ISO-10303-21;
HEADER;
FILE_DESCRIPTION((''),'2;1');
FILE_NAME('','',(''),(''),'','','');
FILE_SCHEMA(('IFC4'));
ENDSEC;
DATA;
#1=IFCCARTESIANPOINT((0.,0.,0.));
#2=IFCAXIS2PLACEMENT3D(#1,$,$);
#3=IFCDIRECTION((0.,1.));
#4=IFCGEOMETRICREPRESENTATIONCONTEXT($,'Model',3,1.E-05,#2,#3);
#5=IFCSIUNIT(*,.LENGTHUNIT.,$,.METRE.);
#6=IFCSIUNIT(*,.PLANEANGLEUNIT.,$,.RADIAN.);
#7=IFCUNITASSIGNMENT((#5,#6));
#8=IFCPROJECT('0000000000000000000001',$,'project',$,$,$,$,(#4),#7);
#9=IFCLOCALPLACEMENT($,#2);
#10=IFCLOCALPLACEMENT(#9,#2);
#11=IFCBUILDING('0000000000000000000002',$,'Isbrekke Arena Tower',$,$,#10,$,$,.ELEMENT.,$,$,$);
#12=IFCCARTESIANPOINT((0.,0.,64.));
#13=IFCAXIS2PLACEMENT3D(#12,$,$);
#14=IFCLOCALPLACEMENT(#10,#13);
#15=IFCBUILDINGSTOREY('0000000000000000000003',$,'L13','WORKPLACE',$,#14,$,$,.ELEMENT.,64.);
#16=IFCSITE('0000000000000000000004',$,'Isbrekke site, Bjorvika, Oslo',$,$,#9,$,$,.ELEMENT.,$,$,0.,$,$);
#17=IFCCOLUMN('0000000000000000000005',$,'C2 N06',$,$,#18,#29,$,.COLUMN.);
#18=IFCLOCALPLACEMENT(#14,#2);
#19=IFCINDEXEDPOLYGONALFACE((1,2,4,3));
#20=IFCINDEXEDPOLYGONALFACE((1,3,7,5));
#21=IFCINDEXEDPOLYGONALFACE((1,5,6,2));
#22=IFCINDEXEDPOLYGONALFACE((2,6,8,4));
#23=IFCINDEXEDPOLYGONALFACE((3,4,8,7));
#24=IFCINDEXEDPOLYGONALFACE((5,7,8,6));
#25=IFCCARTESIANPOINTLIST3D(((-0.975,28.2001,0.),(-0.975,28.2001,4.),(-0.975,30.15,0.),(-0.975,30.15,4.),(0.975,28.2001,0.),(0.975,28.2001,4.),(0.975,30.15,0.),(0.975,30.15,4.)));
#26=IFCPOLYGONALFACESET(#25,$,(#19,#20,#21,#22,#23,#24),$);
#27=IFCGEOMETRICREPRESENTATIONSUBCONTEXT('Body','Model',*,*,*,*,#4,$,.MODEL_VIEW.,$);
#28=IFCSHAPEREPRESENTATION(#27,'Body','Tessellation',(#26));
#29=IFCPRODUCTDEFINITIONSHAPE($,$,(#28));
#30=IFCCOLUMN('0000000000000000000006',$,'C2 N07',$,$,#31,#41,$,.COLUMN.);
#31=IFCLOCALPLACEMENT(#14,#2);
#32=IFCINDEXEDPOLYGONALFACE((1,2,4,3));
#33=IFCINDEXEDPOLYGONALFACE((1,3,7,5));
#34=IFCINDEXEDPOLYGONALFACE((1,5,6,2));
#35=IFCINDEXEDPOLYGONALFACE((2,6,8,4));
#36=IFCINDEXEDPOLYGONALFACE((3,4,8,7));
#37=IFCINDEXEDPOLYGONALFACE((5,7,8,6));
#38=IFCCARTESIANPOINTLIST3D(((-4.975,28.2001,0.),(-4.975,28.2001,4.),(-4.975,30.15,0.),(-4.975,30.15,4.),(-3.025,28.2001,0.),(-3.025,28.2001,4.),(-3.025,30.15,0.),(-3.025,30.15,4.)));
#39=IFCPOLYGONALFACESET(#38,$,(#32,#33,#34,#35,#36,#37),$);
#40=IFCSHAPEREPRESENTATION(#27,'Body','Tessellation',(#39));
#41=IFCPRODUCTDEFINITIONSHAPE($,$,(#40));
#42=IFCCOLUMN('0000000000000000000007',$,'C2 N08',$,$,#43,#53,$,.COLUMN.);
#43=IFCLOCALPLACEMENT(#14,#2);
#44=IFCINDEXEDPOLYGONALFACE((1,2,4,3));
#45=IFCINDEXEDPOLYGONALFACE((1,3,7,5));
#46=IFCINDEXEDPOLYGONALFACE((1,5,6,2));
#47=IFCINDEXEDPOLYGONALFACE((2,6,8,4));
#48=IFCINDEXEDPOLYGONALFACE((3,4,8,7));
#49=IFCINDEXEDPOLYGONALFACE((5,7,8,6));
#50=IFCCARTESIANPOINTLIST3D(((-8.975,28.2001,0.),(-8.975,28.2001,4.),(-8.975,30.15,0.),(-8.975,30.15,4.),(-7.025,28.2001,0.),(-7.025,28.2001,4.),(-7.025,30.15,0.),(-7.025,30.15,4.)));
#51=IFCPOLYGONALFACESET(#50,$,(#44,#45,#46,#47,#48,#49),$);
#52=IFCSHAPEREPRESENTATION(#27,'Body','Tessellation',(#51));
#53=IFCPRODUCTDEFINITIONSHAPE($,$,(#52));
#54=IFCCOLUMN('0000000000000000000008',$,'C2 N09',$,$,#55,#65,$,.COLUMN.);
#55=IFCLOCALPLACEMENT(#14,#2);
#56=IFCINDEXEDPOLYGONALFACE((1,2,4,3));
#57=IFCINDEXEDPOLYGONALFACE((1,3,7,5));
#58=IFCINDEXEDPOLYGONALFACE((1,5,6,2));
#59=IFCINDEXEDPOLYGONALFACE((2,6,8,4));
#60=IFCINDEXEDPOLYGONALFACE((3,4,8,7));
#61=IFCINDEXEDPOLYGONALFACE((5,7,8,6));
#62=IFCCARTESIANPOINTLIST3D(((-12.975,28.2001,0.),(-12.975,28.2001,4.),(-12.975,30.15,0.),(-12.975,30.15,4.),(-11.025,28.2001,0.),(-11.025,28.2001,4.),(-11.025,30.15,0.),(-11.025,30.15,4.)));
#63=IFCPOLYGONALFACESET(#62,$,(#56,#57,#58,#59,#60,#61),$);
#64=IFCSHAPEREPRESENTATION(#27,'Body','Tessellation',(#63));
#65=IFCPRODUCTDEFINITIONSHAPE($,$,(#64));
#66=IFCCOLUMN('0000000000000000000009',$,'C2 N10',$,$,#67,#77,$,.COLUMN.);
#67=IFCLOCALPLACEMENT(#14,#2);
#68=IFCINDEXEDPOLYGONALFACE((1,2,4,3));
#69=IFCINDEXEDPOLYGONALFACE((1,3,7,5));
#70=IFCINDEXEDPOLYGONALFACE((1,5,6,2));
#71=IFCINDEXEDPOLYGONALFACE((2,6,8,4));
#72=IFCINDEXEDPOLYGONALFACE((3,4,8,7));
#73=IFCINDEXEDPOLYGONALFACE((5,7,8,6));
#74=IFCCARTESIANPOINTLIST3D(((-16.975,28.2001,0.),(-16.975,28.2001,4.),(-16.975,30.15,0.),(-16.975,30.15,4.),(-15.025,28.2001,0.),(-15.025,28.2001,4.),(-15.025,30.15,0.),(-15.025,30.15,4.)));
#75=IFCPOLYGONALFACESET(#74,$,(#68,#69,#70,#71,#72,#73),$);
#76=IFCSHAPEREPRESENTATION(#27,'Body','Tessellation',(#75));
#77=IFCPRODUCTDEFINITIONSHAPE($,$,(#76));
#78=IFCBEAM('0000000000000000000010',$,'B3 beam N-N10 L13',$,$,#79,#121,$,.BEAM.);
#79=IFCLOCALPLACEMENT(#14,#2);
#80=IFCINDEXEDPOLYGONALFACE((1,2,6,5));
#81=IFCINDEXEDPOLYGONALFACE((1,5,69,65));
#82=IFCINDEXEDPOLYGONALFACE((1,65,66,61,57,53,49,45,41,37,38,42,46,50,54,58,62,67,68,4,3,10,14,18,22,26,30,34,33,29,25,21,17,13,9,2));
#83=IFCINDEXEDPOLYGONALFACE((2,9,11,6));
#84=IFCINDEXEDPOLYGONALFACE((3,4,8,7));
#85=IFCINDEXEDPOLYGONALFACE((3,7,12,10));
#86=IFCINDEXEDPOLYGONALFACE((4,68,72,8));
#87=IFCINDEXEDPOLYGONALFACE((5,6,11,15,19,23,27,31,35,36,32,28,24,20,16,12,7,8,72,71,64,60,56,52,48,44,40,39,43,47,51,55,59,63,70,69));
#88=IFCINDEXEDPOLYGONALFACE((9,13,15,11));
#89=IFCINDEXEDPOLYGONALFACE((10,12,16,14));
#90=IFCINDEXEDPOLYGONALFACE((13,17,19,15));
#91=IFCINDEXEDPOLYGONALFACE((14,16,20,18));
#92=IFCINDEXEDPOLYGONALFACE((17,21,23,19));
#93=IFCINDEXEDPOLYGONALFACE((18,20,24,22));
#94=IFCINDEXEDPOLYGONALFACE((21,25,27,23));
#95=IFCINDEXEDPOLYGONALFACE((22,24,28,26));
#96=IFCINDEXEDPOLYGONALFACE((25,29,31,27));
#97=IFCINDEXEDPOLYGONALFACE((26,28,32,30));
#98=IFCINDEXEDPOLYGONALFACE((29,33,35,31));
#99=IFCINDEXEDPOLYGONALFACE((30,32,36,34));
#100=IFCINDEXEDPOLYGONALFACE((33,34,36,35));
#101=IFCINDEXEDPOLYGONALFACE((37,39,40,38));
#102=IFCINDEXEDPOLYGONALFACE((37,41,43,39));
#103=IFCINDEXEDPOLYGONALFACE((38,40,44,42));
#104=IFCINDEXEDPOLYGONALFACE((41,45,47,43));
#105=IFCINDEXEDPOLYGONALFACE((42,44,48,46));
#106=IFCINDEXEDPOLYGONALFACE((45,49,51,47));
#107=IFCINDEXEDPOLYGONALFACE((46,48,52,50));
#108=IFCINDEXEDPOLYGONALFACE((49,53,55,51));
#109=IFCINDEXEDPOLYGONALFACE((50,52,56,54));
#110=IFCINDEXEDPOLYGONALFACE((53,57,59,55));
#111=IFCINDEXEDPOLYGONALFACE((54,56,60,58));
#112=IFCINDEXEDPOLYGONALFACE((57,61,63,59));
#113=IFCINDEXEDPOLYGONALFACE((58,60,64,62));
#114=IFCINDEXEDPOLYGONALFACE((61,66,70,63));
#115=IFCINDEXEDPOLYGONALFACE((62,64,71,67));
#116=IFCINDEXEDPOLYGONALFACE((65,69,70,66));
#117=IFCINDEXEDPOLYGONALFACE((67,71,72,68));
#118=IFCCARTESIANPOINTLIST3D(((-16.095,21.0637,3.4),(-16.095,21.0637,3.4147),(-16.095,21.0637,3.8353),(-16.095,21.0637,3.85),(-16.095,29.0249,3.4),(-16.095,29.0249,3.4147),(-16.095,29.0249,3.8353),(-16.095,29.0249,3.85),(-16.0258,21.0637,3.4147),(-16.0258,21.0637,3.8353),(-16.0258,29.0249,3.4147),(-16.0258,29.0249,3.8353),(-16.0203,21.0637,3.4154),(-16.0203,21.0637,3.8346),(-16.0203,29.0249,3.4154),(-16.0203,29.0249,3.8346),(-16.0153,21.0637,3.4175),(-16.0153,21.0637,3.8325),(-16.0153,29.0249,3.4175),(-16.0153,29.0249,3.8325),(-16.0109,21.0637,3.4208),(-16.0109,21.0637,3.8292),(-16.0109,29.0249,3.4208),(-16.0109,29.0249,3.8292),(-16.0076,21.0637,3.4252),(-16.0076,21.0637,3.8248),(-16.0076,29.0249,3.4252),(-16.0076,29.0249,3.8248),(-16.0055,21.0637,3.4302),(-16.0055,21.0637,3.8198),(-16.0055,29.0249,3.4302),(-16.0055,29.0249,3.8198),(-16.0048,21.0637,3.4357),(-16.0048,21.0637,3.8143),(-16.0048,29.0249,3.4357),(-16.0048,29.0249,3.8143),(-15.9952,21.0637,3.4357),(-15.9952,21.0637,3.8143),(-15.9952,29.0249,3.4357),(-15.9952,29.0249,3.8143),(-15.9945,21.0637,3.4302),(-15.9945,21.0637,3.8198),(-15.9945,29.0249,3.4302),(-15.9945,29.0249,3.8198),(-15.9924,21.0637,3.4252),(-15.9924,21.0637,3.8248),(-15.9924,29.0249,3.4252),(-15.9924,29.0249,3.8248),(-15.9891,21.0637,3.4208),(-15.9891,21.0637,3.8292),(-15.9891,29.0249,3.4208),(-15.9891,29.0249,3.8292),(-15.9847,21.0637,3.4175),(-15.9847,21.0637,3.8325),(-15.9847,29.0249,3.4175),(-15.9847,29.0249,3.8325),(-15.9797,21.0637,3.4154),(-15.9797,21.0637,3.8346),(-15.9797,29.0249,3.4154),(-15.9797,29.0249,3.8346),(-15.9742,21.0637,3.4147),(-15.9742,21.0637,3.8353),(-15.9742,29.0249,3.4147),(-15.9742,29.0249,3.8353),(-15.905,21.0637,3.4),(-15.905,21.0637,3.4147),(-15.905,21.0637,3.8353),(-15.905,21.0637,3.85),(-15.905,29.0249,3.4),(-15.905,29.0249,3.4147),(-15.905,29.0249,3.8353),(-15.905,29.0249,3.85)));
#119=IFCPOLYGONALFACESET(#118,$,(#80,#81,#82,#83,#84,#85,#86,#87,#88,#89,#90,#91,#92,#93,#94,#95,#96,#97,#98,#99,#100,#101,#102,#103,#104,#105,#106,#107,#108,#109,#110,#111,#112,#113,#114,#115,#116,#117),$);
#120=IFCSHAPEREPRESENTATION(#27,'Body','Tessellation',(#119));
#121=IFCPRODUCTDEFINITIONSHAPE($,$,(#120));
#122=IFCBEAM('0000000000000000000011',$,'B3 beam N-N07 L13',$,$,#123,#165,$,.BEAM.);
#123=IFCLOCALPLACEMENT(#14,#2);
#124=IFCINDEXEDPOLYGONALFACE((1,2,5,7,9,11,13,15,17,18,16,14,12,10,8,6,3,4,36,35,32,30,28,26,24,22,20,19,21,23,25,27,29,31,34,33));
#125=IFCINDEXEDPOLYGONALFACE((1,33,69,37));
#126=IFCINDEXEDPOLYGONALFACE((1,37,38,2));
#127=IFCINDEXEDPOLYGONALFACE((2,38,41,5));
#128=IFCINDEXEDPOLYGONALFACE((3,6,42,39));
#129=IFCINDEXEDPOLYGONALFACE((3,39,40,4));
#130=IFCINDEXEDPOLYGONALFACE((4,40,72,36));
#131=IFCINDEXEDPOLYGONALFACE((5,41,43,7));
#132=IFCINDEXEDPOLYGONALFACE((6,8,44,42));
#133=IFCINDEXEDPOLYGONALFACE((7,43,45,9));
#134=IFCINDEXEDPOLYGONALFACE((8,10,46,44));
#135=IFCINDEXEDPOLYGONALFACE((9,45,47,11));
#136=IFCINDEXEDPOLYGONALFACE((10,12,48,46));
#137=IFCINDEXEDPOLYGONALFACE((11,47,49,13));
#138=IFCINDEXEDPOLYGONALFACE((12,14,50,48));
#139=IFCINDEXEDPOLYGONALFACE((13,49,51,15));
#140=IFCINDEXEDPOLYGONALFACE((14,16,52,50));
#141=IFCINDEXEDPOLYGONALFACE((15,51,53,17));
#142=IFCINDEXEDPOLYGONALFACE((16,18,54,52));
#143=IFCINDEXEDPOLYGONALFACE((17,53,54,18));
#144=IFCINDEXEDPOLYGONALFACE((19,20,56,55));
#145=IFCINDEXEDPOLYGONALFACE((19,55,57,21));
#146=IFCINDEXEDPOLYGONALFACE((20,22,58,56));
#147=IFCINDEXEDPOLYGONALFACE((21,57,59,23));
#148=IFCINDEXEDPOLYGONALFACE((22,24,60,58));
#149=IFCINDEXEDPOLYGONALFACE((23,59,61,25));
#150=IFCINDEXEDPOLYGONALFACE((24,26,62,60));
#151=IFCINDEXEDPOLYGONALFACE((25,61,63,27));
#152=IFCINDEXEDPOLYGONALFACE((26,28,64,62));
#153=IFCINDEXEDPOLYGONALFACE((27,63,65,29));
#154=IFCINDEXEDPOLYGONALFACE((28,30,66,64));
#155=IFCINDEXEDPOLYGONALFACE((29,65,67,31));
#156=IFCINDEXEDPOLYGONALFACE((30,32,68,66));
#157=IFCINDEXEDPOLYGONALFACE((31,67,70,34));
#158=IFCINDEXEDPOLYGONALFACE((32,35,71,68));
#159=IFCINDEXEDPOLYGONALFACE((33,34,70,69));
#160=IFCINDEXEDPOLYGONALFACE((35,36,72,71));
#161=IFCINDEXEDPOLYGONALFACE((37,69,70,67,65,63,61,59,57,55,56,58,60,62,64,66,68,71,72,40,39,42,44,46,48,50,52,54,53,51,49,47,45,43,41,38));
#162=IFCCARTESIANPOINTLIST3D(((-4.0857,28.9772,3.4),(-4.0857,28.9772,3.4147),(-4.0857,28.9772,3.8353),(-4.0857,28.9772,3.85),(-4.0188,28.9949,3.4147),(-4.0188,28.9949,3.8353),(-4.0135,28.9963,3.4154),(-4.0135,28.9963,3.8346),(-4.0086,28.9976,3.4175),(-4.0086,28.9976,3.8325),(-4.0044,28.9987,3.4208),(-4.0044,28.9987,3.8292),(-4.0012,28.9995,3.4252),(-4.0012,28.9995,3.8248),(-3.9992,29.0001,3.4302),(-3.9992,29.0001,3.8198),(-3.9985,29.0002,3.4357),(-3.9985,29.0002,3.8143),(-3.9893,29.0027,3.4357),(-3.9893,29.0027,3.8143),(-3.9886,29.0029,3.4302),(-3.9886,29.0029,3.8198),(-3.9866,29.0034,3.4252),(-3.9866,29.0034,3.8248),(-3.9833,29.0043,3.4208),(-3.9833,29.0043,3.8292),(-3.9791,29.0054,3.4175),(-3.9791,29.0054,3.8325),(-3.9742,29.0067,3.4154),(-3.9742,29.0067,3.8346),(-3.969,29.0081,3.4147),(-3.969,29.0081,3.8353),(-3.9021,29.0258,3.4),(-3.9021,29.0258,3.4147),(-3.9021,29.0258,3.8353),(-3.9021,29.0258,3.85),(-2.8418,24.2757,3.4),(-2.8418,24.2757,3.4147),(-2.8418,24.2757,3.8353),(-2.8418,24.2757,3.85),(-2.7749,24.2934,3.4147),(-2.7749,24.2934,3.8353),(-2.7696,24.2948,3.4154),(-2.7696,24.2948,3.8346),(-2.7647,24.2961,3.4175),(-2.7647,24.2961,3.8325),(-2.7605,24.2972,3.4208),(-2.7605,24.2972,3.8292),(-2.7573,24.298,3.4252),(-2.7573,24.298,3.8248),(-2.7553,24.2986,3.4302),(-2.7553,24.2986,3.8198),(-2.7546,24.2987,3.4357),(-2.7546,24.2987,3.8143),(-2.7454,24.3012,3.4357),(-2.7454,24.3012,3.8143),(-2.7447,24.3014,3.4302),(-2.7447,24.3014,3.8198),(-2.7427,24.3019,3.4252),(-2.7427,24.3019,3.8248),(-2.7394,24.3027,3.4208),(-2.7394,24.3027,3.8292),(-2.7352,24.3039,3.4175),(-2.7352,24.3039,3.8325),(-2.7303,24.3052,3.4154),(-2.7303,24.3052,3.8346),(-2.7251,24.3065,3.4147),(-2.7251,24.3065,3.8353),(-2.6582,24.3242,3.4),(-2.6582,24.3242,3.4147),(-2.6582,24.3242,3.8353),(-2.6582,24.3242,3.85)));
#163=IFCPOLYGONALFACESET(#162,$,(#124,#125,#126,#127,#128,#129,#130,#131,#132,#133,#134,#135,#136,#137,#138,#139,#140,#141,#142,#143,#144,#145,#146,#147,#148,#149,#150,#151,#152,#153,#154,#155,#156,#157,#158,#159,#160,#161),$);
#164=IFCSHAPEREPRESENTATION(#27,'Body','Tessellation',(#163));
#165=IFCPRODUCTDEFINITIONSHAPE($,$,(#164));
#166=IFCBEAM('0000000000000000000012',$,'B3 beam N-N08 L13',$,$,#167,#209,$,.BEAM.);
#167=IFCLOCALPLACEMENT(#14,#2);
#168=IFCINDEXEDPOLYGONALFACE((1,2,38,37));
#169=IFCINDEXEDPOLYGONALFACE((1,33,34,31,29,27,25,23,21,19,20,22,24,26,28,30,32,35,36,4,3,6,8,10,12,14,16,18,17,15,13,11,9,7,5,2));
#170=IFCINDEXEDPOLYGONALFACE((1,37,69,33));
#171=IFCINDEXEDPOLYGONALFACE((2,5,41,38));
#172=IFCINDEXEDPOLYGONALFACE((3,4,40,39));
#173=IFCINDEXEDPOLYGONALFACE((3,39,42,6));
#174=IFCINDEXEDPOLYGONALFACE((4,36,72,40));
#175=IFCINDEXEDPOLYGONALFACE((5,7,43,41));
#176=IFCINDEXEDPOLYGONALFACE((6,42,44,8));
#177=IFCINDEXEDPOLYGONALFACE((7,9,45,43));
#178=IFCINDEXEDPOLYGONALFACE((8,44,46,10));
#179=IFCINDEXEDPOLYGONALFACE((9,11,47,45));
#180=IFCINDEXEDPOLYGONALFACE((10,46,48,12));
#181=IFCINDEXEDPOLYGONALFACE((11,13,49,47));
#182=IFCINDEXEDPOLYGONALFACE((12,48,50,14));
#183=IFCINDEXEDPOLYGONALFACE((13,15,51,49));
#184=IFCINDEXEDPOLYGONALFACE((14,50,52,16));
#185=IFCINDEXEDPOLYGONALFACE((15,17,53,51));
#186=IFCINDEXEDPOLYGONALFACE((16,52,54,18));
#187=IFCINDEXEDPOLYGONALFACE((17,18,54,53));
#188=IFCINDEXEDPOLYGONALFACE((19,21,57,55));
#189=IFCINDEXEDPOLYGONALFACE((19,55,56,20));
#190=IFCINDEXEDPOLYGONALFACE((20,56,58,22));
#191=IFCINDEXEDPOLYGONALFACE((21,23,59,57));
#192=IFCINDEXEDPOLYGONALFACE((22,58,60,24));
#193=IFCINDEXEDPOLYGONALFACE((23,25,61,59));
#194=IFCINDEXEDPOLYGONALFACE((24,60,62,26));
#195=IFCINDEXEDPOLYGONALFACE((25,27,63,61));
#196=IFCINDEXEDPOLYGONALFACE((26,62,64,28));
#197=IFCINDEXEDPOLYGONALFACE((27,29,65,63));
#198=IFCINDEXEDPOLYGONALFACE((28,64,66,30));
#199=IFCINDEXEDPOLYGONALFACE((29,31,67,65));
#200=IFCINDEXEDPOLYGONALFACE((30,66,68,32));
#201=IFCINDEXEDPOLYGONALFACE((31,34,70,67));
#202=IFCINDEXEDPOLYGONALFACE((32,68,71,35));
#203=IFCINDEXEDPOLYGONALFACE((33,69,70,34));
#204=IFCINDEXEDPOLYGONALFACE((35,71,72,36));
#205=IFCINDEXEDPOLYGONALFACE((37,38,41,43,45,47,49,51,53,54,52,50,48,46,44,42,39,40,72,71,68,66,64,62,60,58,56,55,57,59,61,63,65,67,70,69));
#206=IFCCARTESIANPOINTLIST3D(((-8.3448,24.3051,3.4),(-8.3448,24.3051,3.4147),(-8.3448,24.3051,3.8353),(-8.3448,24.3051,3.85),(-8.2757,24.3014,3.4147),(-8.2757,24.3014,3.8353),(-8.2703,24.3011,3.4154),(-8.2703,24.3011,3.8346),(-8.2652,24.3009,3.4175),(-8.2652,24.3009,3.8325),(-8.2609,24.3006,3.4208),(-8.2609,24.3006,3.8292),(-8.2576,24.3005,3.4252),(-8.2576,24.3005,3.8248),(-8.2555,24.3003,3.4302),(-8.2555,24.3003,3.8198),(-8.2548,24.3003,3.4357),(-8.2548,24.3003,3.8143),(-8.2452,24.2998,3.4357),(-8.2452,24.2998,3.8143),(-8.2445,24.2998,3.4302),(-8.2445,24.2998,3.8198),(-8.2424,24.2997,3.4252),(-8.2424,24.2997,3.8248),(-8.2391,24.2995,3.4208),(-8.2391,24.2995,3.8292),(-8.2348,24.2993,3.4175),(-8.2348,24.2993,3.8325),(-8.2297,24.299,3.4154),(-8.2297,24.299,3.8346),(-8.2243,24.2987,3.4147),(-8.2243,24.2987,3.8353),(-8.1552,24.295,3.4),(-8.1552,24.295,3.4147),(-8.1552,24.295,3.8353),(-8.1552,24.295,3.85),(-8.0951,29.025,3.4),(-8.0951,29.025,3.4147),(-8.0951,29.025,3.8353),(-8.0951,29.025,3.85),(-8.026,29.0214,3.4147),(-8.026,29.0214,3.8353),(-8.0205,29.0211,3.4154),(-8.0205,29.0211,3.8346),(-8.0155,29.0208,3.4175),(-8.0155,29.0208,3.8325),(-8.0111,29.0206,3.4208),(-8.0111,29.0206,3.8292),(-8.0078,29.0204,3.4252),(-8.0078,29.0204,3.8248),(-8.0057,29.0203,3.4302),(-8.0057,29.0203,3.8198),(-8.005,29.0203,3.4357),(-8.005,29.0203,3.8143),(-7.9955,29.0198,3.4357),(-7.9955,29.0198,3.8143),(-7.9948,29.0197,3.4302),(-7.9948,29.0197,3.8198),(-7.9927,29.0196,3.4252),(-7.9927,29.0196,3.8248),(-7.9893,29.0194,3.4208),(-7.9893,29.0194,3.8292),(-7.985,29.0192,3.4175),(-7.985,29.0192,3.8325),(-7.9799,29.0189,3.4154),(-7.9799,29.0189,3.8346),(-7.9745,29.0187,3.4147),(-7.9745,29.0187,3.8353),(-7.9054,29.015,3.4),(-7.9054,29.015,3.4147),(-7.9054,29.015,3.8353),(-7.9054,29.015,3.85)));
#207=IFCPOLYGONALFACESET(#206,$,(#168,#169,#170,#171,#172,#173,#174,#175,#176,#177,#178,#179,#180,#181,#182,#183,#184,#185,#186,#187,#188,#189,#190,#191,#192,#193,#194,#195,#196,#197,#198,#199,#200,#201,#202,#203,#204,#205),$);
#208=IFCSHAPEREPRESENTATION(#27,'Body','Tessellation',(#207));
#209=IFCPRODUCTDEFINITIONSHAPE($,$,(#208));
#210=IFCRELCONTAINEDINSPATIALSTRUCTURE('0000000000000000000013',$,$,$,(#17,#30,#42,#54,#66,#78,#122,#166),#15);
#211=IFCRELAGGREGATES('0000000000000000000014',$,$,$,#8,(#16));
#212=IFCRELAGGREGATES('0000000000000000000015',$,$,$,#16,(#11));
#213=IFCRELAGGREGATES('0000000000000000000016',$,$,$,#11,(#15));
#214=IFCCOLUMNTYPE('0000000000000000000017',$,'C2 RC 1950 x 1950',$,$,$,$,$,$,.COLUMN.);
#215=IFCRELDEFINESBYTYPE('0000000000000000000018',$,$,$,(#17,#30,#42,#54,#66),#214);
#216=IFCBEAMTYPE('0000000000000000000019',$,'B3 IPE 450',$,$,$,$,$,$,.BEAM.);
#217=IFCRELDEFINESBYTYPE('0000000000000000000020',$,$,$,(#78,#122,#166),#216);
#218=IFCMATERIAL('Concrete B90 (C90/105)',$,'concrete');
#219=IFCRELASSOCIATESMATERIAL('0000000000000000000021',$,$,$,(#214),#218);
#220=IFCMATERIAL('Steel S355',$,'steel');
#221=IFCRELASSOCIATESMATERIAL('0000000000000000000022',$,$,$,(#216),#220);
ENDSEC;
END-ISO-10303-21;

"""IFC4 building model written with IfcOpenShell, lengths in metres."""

from ifc_helpers import new_model, si_unit, direction, frame, origin, origin_2d, place, context, subcontext, project, spatial, rectangle, i_section, extrude, material, material_profile, profile_set, type_object, element, save


model = new_model("IFC4")

# Units and contexts
model_context = context("Model", 3, precision=1e-05, world=origin(), true_north=direction((0.0, 1.0)))
body_context = subcontext(model_context, "Body", "Model", "MODEL_VIEW")
ifc_project = project(units=[si_unit("LENGTHUNIT", "METRE"), si_unit("PLANEANGLEUNIT", "RADIAN")], contexts=[model_context])

# Site, building, storey
site_placement = place(None, origin())
site = spatial("IfcSite", under=ifc_project, at=site_placement, Name="Isbrekke site, Bjorvika, Oslo", CompositionType="ELEMENT", RefElevation=0.0)
building_placement = place(site_placement, origin())
building = spatial("IfcBuilding", under=site, at=building_placement, Name="Isbrekke Arena Tower", CompositionType="ELEMENT")
storey_placement = place(building_placement, frame((0.0, 0.0, 64.0)))
storey = spatial("IfcBuildingStorey", under=building, at=storey_placement, Name="L13", Description="WORKPLACE", CompositionType="ELEMENT", Elevation=64.0)

# Columns
ifc_material_1 = material(Name="Concrete B90 (C90/105)", Category="concrete")
ifc_material_profile_1 = material_profile(ifc_material_1, rectangle(XDim=1.95, YDim=1.95, at=origin_2d()), Name="RC 1950x1950")
ifc_profile_set_1 = profile_set([ifc_material_profile_1], Name="Concrete B90 (C90/105)")
column_type = type_object("IfcColumnType", Name="C2 RC 1950 x 1950", PredefinedType="COLUMN", material=ifc_profile_set_1)
for number, where, z_axis, x_axis, name in (
    (1, (0.0, 29.175, 0.0), (0.0, 0.0, 1.0), (-1.0, 0.0, 0.0), "C2 N06"),
    (2, (-4.0, 29.175, 0.0), (0.0, 0.0, 1.0), (-1.0, 0.0, 0.0), "C2 N07"),
    (3, (-8.0, 29.175, 0.0), (0.0, 0.0, 1.0), (-1.0, 0.0, 0.0), "C2 N08"),
    (4, (-12.0, 29.175, 0.0), (0.0, 0.0, 1.0), (-1.0, 0.0, 0.0), "C2 N09"),
    (5, (-16.0, 29.175, 0.0), (0.0, 0.0, 1.0), (-1.0, 0.0, 0.0), "C2 N10"),
):
    element("IfcColumn", number, at=place(storey_placement, frame(where, z_axis=z_axis, x_axis=x_axis)), inside=storey, type_object=column_type, Name=name, PredefinedType="COLUMN", context=body_context, shape_type="SweptSolid", body=[
        extrude(rectangle(XDim=1.95, YDim=1.95, at=origin_2d()), origin(), (0.0, 0.0, 1.0), 4.0),
    ])

# Beams
ifc_material_2 = material(Name="Steel S355", Category="steel")
ifc_material_profile_2 = material_profile(ifc_material_2, i_section(OverallWidth=0.1899, OverallDepth=0.45, WebThickness=0.0095, FlangeThickness=0.0146, FilletRadius=0.021, at=origin_2d()), Name="IPE 450")
ifc_profile_set_2 = profile_set([ifc_material_profile_2], Name="Steel S355")
beam_type_1 = type_object("IfcBeamType", Name="B3 IPE 450", PredefinedType="BEAM", material=ifc_profile_set_2)
beam_1_placement = place(storey_placement, frame((-16.0, 29.0249, 3.625), z_axis=(0.0, -1.0, 0.0), x_axis=(1.0, 0.0, 0.0)))
element("IfcBeam", 6, at=beam_1_placement, inside=storey, type_object=beam_type_1, Name="B3 beam N-N10 L13", PredefinedType="BEAM", context=body_context, shape_type="SweptSolid", body=[
    extrude(i_section(OverallWidth=0.1899, OverallDepth=0.45, WebThickness=0.0095, FlangeThickness=0.0146, FilletRadius=0.021, at=origin_2d()), origin(), (0.0, 0.0, 1.0), 7.9612),
])
beam_2_placement = place(storey_placement, frame((-3.9939, 29.0015, 3.625), z_axis=(0.255778, -0.966736, 0.0), x_axis=(0.966736, 0.255778, 0.0)))
element("IfcBeam", 7, at=beam_2_placement, inside=storey, type_object=beam_type_1, Name="B3 beam N-N07 L13", PredefinedType="BEAM", context=body_context, shape_type="SweptSolid", body=[
    extrude(i_section(OverallWidth=0.1899, OverallDepth=0.45, WebThickness=0.0095, FlangeThickness=0.0146, FilletRadius=0.021, at=origin_2d()), origin(), (0.0, 0.0, 1.0), 4.8633),
])
beam_3_placement = place(storey_placement, frame((-8.0002, 29.02, 3.625), z_axis=(-0.052841, -0.998603, 0.0), x_axis=(0.998603, -0.052841, 0.0)))
element("IfcBeam", 8, at=beam_3_placement, inside=storey, type_object=beam_type_1, Name="B3 beam N-N08 L13", PredefinedType="BEAM", context=body_context, shape_type="SweptSolid", body=[
    extrude(i_section(OverallWidth=0.1899, OverallDepth=0.45, WebThickness=0.0095, FlangeThickness=0.0146, FilletRadius=0.021, at=origin_2d()), origin(), (0.0, 0.0, 1.0), 4.7266),
])

save(model, "model.ifc")
